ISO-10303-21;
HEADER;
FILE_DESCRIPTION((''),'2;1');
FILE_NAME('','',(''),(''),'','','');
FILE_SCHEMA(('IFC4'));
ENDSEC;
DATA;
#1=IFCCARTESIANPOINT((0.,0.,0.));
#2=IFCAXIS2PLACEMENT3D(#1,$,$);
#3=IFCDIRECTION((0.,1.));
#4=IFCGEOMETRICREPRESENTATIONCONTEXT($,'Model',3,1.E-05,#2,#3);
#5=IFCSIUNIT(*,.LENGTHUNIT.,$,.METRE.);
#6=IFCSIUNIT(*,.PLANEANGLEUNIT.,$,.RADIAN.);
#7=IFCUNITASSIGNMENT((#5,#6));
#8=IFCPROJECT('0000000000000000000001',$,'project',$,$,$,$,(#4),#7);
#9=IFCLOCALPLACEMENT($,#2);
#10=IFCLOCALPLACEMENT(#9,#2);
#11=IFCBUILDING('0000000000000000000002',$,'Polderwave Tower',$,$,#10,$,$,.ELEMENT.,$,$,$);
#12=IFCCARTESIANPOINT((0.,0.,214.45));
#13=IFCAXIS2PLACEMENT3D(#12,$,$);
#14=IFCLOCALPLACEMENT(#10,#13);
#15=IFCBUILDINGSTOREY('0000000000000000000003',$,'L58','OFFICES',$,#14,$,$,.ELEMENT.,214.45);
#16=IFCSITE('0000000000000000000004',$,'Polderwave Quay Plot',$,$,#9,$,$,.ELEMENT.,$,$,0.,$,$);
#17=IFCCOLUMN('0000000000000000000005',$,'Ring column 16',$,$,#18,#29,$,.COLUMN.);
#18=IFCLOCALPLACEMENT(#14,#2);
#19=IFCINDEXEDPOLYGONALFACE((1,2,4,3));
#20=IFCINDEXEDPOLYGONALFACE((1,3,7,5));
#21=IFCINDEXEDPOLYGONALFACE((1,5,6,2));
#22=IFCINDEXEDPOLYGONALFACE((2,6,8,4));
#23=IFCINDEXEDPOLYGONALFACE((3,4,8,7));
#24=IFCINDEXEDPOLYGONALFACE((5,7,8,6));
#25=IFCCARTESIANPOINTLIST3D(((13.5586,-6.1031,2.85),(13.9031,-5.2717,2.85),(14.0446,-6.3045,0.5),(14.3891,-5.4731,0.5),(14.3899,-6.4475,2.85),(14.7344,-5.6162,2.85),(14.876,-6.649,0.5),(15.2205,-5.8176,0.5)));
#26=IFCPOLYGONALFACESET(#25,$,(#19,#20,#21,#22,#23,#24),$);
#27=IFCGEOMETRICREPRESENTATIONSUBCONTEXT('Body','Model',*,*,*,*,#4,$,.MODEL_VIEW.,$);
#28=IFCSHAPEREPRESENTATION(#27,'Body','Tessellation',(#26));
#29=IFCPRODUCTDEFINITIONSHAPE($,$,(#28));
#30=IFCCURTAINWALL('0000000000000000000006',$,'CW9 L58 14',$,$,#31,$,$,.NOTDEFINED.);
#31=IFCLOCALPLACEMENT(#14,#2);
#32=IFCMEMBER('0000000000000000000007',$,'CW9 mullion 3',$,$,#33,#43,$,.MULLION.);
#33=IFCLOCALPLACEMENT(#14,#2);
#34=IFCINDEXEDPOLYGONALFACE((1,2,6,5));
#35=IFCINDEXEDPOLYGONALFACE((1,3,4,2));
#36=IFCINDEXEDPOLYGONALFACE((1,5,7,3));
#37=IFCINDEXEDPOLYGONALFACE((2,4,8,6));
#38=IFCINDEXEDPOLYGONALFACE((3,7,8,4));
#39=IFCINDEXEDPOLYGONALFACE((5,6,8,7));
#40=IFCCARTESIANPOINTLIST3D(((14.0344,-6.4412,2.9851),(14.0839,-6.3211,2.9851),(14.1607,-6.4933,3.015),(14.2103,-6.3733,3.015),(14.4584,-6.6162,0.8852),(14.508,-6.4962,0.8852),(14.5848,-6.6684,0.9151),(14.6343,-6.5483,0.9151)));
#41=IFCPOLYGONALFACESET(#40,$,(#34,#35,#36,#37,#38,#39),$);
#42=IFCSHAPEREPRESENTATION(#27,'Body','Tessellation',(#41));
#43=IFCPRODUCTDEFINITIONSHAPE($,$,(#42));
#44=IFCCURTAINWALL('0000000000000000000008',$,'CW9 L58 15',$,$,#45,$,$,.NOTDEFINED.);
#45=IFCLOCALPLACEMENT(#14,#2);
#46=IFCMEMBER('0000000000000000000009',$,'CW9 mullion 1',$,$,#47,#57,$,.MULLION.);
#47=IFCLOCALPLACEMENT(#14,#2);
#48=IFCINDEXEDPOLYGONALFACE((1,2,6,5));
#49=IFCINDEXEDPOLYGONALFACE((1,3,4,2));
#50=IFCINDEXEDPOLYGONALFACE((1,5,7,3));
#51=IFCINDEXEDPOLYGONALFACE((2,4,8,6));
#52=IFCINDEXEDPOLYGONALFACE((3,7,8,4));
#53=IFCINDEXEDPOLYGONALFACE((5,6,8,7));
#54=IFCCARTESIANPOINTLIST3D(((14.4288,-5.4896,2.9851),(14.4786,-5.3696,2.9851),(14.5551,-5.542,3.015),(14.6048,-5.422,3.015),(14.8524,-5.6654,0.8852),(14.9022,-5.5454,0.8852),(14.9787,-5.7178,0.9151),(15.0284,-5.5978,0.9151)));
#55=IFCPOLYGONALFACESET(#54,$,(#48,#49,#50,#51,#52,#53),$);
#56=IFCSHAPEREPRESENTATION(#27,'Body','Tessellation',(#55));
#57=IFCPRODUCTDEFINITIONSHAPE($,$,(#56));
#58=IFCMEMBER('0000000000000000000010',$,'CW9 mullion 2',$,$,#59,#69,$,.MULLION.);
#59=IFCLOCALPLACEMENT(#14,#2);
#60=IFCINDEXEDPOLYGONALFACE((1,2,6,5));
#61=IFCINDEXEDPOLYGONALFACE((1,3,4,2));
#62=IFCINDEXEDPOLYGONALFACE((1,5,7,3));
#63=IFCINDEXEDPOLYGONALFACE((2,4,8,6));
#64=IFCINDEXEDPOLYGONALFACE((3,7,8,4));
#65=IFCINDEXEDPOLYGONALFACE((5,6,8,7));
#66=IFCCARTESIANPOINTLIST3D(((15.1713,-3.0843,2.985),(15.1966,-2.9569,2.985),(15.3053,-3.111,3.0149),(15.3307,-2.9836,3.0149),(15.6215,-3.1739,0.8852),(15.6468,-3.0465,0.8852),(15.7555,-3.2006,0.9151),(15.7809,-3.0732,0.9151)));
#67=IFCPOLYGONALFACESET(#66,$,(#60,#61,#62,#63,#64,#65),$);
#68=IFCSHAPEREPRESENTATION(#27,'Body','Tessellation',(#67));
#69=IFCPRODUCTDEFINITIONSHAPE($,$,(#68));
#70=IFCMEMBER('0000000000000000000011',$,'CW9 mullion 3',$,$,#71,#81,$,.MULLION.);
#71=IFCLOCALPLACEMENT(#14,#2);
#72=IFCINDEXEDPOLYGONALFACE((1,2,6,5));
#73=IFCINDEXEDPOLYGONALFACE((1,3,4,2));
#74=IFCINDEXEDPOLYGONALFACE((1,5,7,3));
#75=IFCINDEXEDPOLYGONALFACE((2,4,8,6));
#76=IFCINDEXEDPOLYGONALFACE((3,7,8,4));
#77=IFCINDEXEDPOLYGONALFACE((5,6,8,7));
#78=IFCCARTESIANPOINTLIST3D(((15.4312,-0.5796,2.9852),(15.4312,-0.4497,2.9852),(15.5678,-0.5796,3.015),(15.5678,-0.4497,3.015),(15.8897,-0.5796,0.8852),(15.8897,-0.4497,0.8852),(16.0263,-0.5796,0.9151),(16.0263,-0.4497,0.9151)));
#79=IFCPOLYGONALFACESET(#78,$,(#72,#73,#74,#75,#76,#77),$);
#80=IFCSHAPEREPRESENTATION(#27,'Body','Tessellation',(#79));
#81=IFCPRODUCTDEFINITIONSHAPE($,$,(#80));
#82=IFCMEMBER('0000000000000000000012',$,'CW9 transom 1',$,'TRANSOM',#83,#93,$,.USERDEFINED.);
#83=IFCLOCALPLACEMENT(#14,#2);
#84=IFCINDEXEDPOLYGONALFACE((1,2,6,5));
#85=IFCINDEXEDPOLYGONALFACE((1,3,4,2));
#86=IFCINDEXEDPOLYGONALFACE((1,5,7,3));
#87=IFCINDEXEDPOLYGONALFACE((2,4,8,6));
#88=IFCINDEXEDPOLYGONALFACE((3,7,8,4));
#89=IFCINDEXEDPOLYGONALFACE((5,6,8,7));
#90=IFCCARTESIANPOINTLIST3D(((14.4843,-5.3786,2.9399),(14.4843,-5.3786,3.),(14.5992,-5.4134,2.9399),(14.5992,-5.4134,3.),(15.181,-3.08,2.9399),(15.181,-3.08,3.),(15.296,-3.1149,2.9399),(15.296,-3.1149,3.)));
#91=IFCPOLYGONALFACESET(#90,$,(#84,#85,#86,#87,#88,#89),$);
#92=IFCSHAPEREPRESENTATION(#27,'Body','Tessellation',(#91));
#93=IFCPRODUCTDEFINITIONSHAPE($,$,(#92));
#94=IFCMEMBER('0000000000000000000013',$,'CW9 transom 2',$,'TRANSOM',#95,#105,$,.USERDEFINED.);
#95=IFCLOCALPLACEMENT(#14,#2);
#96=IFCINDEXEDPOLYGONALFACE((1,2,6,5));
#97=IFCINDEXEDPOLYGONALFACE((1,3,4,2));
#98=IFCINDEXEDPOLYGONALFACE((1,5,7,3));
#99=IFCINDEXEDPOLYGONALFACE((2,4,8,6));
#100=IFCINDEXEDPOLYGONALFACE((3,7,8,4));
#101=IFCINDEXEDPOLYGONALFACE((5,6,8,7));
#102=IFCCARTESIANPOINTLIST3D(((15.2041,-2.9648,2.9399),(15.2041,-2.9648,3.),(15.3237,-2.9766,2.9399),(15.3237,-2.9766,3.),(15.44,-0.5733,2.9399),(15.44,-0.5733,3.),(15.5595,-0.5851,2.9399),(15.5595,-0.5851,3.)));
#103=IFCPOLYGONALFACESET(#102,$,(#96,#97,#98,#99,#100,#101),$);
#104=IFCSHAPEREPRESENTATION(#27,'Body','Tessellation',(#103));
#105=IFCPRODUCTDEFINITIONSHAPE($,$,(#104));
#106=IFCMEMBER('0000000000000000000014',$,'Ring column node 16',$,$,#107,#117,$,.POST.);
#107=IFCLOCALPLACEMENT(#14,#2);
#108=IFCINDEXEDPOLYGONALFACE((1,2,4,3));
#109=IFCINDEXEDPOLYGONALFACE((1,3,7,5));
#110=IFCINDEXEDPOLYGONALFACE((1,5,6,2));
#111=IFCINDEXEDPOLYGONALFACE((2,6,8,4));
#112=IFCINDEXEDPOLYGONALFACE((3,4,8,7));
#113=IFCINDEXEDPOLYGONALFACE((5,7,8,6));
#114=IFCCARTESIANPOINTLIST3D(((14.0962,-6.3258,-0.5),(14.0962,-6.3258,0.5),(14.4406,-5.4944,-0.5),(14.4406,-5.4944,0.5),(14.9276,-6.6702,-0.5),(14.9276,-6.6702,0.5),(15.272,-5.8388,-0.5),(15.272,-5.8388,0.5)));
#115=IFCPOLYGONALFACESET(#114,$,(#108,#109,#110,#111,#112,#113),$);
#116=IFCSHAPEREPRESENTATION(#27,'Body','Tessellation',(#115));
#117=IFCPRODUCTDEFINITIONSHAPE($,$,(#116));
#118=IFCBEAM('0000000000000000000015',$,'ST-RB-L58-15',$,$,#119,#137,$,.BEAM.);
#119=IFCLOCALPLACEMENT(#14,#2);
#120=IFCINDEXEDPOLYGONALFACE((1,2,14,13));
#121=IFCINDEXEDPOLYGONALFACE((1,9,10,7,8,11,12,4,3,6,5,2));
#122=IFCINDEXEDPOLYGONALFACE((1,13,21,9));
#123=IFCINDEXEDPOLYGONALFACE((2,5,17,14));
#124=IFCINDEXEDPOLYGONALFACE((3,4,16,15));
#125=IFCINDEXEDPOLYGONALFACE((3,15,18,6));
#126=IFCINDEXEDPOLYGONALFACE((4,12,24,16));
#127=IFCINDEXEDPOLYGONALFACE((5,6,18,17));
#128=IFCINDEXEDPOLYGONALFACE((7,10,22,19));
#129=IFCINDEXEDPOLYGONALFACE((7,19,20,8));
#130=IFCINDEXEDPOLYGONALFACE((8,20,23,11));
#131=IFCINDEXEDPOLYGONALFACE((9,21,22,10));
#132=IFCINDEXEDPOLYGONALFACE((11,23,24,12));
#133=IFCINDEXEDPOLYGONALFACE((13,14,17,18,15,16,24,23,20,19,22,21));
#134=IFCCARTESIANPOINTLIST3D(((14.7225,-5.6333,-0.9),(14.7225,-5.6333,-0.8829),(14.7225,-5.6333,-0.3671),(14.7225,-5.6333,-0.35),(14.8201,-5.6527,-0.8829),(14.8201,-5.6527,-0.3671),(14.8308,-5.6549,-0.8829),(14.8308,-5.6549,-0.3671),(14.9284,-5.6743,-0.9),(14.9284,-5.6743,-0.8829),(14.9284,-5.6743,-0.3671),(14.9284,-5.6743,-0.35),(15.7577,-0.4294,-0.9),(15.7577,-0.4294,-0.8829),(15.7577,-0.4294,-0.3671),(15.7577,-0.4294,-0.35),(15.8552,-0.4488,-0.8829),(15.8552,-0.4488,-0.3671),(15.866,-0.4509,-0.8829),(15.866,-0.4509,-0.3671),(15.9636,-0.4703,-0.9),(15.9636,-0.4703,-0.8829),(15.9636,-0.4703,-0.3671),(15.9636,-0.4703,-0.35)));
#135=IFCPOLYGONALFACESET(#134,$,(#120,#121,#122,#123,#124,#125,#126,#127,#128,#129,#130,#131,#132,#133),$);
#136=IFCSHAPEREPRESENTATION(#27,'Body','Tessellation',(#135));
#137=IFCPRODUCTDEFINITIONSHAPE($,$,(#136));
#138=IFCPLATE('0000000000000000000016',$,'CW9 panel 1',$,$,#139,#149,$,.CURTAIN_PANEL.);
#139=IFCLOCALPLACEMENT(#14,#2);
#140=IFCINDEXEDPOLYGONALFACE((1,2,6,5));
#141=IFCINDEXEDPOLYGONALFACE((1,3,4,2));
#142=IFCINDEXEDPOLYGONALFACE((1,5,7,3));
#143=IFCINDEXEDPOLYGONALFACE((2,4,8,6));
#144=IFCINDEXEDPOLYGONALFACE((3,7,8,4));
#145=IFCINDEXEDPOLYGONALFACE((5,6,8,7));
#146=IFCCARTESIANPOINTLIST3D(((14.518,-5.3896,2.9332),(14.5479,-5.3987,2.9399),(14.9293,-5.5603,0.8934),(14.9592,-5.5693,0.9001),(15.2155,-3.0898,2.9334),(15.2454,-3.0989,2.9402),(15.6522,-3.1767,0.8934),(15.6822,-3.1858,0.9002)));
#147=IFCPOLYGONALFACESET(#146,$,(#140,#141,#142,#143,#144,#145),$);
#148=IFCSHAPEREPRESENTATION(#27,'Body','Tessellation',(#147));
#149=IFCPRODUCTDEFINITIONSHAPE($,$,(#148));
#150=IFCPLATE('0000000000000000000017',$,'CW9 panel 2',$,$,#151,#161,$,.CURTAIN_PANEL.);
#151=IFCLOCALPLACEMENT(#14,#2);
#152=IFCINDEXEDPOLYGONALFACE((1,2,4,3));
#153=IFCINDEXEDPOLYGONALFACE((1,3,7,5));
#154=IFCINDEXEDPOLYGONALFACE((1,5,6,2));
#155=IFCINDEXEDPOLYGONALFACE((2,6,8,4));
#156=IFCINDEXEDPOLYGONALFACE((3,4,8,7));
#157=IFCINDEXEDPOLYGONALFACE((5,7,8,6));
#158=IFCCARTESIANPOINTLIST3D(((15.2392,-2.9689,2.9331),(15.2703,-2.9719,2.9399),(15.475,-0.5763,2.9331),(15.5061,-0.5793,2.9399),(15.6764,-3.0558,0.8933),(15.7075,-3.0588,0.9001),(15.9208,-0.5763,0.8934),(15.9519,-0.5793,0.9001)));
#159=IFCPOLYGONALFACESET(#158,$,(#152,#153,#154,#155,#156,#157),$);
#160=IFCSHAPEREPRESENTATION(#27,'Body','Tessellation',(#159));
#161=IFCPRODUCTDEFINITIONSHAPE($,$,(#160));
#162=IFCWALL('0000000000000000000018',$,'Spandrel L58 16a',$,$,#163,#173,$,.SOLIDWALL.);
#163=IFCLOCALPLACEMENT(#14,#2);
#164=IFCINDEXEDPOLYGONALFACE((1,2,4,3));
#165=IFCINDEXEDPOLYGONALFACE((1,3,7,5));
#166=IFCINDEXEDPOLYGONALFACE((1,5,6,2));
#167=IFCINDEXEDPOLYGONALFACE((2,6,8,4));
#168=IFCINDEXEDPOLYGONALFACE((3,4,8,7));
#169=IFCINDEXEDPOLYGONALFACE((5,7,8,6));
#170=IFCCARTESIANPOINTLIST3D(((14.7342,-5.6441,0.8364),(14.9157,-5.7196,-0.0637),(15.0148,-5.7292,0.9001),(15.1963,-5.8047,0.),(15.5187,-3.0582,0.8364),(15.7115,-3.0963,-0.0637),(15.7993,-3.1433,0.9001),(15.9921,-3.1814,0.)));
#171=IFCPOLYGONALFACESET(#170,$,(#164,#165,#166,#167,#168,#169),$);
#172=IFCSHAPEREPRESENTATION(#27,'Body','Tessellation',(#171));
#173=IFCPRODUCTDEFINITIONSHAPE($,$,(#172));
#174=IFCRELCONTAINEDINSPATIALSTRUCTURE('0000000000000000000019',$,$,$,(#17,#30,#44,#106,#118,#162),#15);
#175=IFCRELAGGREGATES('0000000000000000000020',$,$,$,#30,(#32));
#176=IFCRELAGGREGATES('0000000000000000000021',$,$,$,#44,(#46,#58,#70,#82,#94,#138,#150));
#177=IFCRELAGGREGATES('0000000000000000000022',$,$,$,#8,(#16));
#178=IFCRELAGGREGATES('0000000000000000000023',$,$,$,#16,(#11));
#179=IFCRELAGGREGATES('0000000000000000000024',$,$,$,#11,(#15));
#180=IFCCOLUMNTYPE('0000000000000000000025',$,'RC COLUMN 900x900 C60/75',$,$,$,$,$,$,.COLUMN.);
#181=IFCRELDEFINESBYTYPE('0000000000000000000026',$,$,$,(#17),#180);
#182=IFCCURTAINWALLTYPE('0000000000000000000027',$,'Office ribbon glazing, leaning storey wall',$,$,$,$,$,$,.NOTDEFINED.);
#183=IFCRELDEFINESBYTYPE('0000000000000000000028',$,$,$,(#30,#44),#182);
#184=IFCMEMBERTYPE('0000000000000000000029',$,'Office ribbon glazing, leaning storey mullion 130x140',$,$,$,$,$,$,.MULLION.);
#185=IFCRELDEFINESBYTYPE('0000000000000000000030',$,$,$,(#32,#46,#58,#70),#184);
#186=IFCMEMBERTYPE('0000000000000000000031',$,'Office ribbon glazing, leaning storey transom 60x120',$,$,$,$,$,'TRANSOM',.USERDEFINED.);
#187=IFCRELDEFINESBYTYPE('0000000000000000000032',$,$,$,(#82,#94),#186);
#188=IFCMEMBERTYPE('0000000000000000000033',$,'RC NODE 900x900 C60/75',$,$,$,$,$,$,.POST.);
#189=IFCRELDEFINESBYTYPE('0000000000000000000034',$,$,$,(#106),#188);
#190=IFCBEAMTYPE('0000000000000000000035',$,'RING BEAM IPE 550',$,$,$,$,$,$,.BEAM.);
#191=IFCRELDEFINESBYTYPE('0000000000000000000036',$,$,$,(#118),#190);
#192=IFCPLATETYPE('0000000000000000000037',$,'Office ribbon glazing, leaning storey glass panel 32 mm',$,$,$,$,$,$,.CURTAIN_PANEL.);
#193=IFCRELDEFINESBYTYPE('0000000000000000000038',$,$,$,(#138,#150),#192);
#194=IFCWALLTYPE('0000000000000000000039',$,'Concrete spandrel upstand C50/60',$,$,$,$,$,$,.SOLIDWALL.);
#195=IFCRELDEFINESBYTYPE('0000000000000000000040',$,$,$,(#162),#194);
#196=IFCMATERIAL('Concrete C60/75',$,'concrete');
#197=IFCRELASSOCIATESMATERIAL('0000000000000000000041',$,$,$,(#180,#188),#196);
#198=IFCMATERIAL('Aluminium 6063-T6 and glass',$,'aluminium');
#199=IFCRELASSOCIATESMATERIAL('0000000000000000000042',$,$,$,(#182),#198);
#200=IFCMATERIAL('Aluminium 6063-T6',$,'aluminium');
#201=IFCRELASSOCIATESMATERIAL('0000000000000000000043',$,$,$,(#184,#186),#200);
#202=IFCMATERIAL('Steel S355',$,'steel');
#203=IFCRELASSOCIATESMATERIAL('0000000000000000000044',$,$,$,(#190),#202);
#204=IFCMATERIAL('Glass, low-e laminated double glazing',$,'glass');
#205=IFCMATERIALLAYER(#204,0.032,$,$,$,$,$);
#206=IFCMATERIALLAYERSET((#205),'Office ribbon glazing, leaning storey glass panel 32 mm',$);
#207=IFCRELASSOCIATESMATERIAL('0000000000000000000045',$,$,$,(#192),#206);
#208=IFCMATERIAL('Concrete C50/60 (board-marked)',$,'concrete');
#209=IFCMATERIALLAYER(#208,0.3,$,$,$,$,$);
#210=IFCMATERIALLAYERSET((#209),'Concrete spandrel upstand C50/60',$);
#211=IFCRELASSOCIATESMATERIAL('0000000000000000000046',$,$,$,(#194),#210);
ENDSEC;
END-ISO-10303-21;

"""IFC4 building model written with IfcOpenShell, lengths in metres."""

from ifc_helpers import new_model, si_unit, direction, frame, origin, origin_2d, place, context, subcontext, project, spatial, polyline, rectangle, i_section, outline, extrude, material, layer, layer_set, material_profile, profile_set, type_object, element, aggregate, save


model = new_model("IFC4")

# Units and contexts
model_context = context("Model", 3, precision=1e-05, world=origin(), true_north=direction((0.0, 1.0)))
body_context = subcontext(model_context, "Body", "Model", "MODEL_VIEW")
ifc_project = project(units=[si_unit("LENGTHUNIT", "METRE"), si_unit("PLANEANGLEUNIT", "RADIAN")], contexts=[model_context])

# Site, building, storey
site_placement = place(None, origin())
site = spatial("IfcSite", under=ifc_project, at=site_placement, Name="Polderwave Quay Plot", CompositionType="ELEMENT", RefElevation=0.0)
building_placement = place(site_placement, origin())
building = spatial("IfcBuilding", under=site, at=building_placement, Name="Polderwave Tower", CompositionType="ELEMENT")
storey_placement = place(building_placement, frame((0.0, 0.0, 214.45)))
storey = spatial("IfcBuildingStorey", under=building, at=storey_placement, Name="L58", Description="OFFICES", CompositionType="ELEMENT", Elevation=214.45)

# Column
ifc_material_1 = material(Name="Concrete C60/75", Category="concrete")
ifc_material_profile_1 = material_profile(ifc_material_1, rectangle(XDim=0.8999, YDim=0.8999, at=origin_2d()), Name="RC 900x900")
ifc_profile_set_1 = profile_set([ifc_material_profile_1], Name="Concrete C60/75")
column_type = type_object("IfcColumnType", Name="RC COLUMN 900x900 C60/75", PredefinedType="COLUMN", material=ifc_profile_set_1)
column_placement = place(storey_placement, frame((14.6326, -6.061, 0.5), z_axis=(0.0, 0.0, 1.0), x_axis=(-0.382803, -0.92383, 0.0)))
element("IfcColumn", 1, at=column_placement, inside=storey, type_object=column_type, Name="Ring column 16", PredefinedType="COLUMN", context=body_context, shape_type="SweptSolid", body=[
    extrude(rectangle(XDim=0.8999, YDim=0.8999, at=origin_2d()), origin(), (0.0, -0.21848, 0.975841), 2.4082),
])

# Curtain wall, member
ifc_material_2 = material(Name="Aluminium 6063-T6 and glass", Category="aluminium")
curtain_wall_type = type_object("IfcCurtainWallType", Name="Office ribbon glazing, leaning storey wall", PredefinedType="NOTDEFINED", material=ifc_material_2)
curtain_wall_1_placement = place(storey_placement, origin())
curtain_wall_1 = element("IfcCurtainWall", 2, at=curtain_wall_1_placement, inside=storey, type_object=curtain_wall_type, Name="CW9 L58 14", PredefinedType="NOTDEFINED")
ifc_material_3 = material(Name="Aluminium 6063-T6", Category="aluminium")
ifc_material_profile_2 = material_profile(ifc_material_3, rectangle(XDim=0.1299, YDim=0.1399, at=origin_2d()), Name="AL 130x140")
ifc_profile_set_2 = profile_set([ifc_material_profile_2], Name="Aluminium 6063-T6")
member_type_1 = type_object("IfcMemberType", Name="Office ribbon glazing, leaning storey mullion 130x140", PredefinedType="MULLION", material=ifc_profile_set_2)
member_1_placement = place(storey_placement, frame((14.5464, -6.5823, 0.9001), z_axis=(-0.197299, 0.081441, 0.976955), x_axis=(-0.381553, -0.924347, 0.0)))
member_1 = element("IfcMember", 3, at=member_1_placement, type_object=member_type_1, Name="CW9 mullion 3", PredefinedType="MULLION", context=body_context, shape_type="SweptSolid", body=[
    extrude(rectangle(XDim=0.1299, YDim=0.1399, at=origin_2d()), origin(), (0.0, 0.0, 1.0), 2.1494),
])
aggregate(curtain_wall_1, [member_1])

# Curtain wall, members
curtain_wall_2_placement = place(storey_placement, origin())
curtain_wall_2 = element("IfcCurtainWall", 4, at=curtain_wall_2_placement, inside=storey, type_object=curtain_wall_type, Name="CW9 L58 15", PredefinedType="NOTDEFINED")
member_2_placement = place(storey_placement, frame((14.9404, -5.6316, 0.9001), z_axis=(-0.197075, 0.081783, 0.976971), x_axis=(-0.383292, -0.923627, 0.0)))
member_2 = element("IfcMember", 5, at=member_2_placement, type_object=member_type_1, Name="CW9 mullion 1", PredefinedType="MULLION", context=body_context, shape_type="SweptSolid", body=[
    extrude(rectangle(XDim=0.1299, YDim=0.1399, at=origin_2d()), origin(), (0.0, 0.0, 1.0), 2.1494),
])
member_3_placement = place(storey_placement, frame((15.7012, -3.1235, 0.9001), z_axis=(-0.209448, 0.041685, 0.976931), x_axis=(-0.195196, -0.980764, 0.0)))
member_3 = element("IfcMember", 6, at=member_3_placement, type_object=member_type_1, Name="CW9 mullion 2", PredefinedType="MULLION", context=body_context, shape_type="SweptSolid", body=[
    extrude(rectangle(XDim=0.1299, YDim=0.1399, at=origin_2d()), origin(), (0.0, 0.0, 1.0), 2.1494),
])
member_4_placement = place(storey_placement, frame((15.958, -0.5146, 0.9001), z_axis=(-0.213321, 0.0, 0.976982), x_axis=(0.0, -1.0, 0.0)))
member_4 = element("IfcMember", 7, at=member_4_placement, type_object=member_type_1, Name="CW9 mullion 3", PredefinedType="MULLION", context=body_context, shape_type="SweptSolid", body=[
    extrude(rectangle(XDim=0.1299, YDim=0.1399, at=origin_2d()), origin(), (0.0, 0.0, 1.0), 2.1494),
])
ifc_material_profile_3 = material_profile(ifc_material_3, rectangle(XDim=0.1201, YDim=0.0601, at=origin_2d()), Name="AL 60x120")
ifc_profile_set_3 = profile_set([ifc_material_profile_3], Name="Aluminium 6063-T6")
member_type_2 = type_object("IfcMemberType", Name="Office ribbon glazing, leaning storey transom 60x120", ElementType="TRANSOM", PredefinedType="USERDEFINED", material=ifc_profile_set_3)
member_5_placement = place(storey_placement, frame((14.5417, -5.396, 2.97), z_axis=(0.290098, 0.956997, 0.0), x_axis=(-0.956997, 0.290098, 0.0)))
member_5 = element("IfcMember", 8, at=member_5_placement, type_object=member_type_2, Name="CW9 transom 1", ObjectType="TRANSOM", PredefinedType="USERDEFINED", context=body_context, shape_type="SweptSolid", body=[
    extrude(rectangle(XDim=0.1201, YDim=0.0601, at=origin_2d()), origin(), (0.0, 0.0, 1.0), 2.4019),
])
member_6_placement = place(storey_placement, frame((15.2639, -2.9707, 2.97), z_axis=(0.098146, 0.995172, 0.0), x_axis=(-0.995172, 0.098146, 0.0)))
member_6 = element("IfcMember", 9, at=member_6_placement, type_object=member_type_2, Name="CW9 transom 2", ObjectType="TRANSOM", PredefinedType="USERDEFINED", context=body_context, shape_type="SweptSolid", body=[
    extrude(rectangle(XDim=0.1201, YDim=0.0601, at=origin_2d()), origin(), (0.0, 0.0, 1.0), 2.4031),
])

# Member
ifc_material_profile_4 = material_profile(ifc_material_1, rectangle(XDim=0.8999, YDim=0.8999, at=origin_2d()), Name="RC 900x900")
ifc_profile_set_4 = profile_set([ifc_material_profile_4], Name="Concrete C60/75")
member_type_3 = type_object("IfcMemberType", Name="RC NODE 900x900 C60/75", PredefinedType="POST", material=ifc_profile_set_4)
member_7_placement = place(storey_placement, frame((14.6841, -6.0823, -0.5), z_axis=(0.0, 0.0, 1.0), x_axis=(0.92388, -0.382683, 0.0)))
element("IfcMember", 10, at=member_7_placement, inside=storey, type_object=member_type_3, Name="Ring column node 16", PredefinedType="POST", context=body_context, shape_type="SweptSolid", body=[
    extrude(rectangle(XDim=0.8999, YDim=0.8999, at=origin_2d()), origin(), (0.0, 0.0, 1.0), 1.0),
])

# Beam
ifc_material_4 = material(Name="Steel S355", Category="steel")
ifc_material_profile_5 = material_profile(ifc_material_4, i_section(OverallWidth=0.21, OverallDepth=0.55, WebThickness=0.011, FlangeThickness=0.0171, at=origin_2d()), Name="IPE 550")
ifc_profile_set_5 = profile_set([ifc_material_profile_5], Name="Steel S355")
beam_type = type_object("IfcBeamType", Name="RING BEAM IPE 550", PredefinedType="BEAM", material=ifc_profile_set_5)
beam_placement = place(storey_placement, frame((14.8254, -5.6538, -0.625), z_axis=(0.195098, 0.980784, 0.0), x_axis=(-0.980784, 0.195098, 0.0)))
element("IfcBeam", 11, at=beam_placement, inside=storey, type_object=beam_type, Name="ST-RB-L58-15", PredefinedType="BEAM", context=body_context, shape_type="SweptSolid", body=[
    extrude(i_section(OverallWidth=0.21, OverallDepth=0.55, WebThickness=0.011, FlangeThickness=0.0171, at=origin_2d()), origin(), (0.0, 0.0, 1.0), 5.3059),
])

# Plates
ifc_material_5 = material(Name="Glass, low-e laminated double glazing", Category="glass")
ifc_layer_1 = layer(ifc_material_5, 0.032)
ifc_layer_set_1 = layer_set([ifc_layer_1], Name="Office ribbon glazing, leaning storey glass panel 32 mm")
plate_type = type_object("IfcPlateType", Name="Office ribbon glazing, leaning storey glass panel 32 mm", PredefinedType="CURTAIN_PANEL", material=ifc_layer_set_1)
plate_1_placement = place(storey_placement, frame((14.9592, -5.5693, 0.9001), z_axis=(0.935136, -0.283628, 0.212309), x_axis=(0.290244, 0.956953, 0.000003)))
plate_1 = element("IfcPlate", 12, at=plate_1_placement, type_object=plate_type, Name="CW9 panel 1", PredefinedType="CURTAIN_PANEL", context=body_context, shape_type="SweptSolid", body=[
    extrude(outline(polyline([(0.0, 0.0), (2.4908, 0.0), (2.4472, 2.0876), (0.0439, 2.0874), (0.0, 0.0)])), origin(), (0.0, 0.0, -1.0), 0.032),
])
plate_2_placement = place(storey_placement, frame((15.7075, -3.0588, 0.9001), z_axis=(0.972441, -0.09585, 0.212534), x_axis=(0.098091, 0.995177, 0.000001)))
plate_2 = element("IfcPlate", 13, at=plate_2_placement, type_object=plate_type, Name="CW9 panel 2", PredefinedType="CURTAIN_PANEL", context=body_context, shape_type="SweptSolid", body=[
    extrude(outline(polyline([(0.0, 0.0), (2.4915, 0.0), (2.4478, 2.0875), (0.0436, 2.0875), (0.0, 0.0)])), origin(), (0.0, 0.0, -1.0), 0.032),
])
aggregate(curtain_wall_2, [member_2, member_3, member_4, member_5, member_6, plate_1, plate_2])

# Wall
ifc_material_6 = material(Name="Concrete C50/60 (board-marked)", Category="concrete")
ifc_layer_2 = layer(ifc_material_6, 0.3)
ifc_layer_set_2 = layer_set([ifc_layer_2], Name="Concrete spandrel upstand C50/60")
wall_type_1 = type_object("IfcWallType", Name="Concrete spandrel upstand C50/60", PredefinedType="SOLIDWALL", material=ifc_layer_set_2)
wall_1_placement = place(storey_placement, frame((15.1963, -5.8047, 0.0), z_axis=(0.935122, -0.283688, 0.212294), x_axis=(0.290306, 0.956934, -0.000005)))
element("IfcWall", 14, at=wall_1_placement, inside=storey, type_object=wall_type_1, Name="Spandrel L58 16a", PredefinedType="SOLIDWALL", context=body_context, shape_type="SweptSolid", body=[
    extrude(outline(polyline([(0.0, 0.0), (2.7414, 0.0), (2.7218, 0.9212), (0.0195, 0.9211), (0.0, 0.0)])), origin(), (0.0, 0.0, -1.0), 0.3),
])

save(model, "model.ifc")
